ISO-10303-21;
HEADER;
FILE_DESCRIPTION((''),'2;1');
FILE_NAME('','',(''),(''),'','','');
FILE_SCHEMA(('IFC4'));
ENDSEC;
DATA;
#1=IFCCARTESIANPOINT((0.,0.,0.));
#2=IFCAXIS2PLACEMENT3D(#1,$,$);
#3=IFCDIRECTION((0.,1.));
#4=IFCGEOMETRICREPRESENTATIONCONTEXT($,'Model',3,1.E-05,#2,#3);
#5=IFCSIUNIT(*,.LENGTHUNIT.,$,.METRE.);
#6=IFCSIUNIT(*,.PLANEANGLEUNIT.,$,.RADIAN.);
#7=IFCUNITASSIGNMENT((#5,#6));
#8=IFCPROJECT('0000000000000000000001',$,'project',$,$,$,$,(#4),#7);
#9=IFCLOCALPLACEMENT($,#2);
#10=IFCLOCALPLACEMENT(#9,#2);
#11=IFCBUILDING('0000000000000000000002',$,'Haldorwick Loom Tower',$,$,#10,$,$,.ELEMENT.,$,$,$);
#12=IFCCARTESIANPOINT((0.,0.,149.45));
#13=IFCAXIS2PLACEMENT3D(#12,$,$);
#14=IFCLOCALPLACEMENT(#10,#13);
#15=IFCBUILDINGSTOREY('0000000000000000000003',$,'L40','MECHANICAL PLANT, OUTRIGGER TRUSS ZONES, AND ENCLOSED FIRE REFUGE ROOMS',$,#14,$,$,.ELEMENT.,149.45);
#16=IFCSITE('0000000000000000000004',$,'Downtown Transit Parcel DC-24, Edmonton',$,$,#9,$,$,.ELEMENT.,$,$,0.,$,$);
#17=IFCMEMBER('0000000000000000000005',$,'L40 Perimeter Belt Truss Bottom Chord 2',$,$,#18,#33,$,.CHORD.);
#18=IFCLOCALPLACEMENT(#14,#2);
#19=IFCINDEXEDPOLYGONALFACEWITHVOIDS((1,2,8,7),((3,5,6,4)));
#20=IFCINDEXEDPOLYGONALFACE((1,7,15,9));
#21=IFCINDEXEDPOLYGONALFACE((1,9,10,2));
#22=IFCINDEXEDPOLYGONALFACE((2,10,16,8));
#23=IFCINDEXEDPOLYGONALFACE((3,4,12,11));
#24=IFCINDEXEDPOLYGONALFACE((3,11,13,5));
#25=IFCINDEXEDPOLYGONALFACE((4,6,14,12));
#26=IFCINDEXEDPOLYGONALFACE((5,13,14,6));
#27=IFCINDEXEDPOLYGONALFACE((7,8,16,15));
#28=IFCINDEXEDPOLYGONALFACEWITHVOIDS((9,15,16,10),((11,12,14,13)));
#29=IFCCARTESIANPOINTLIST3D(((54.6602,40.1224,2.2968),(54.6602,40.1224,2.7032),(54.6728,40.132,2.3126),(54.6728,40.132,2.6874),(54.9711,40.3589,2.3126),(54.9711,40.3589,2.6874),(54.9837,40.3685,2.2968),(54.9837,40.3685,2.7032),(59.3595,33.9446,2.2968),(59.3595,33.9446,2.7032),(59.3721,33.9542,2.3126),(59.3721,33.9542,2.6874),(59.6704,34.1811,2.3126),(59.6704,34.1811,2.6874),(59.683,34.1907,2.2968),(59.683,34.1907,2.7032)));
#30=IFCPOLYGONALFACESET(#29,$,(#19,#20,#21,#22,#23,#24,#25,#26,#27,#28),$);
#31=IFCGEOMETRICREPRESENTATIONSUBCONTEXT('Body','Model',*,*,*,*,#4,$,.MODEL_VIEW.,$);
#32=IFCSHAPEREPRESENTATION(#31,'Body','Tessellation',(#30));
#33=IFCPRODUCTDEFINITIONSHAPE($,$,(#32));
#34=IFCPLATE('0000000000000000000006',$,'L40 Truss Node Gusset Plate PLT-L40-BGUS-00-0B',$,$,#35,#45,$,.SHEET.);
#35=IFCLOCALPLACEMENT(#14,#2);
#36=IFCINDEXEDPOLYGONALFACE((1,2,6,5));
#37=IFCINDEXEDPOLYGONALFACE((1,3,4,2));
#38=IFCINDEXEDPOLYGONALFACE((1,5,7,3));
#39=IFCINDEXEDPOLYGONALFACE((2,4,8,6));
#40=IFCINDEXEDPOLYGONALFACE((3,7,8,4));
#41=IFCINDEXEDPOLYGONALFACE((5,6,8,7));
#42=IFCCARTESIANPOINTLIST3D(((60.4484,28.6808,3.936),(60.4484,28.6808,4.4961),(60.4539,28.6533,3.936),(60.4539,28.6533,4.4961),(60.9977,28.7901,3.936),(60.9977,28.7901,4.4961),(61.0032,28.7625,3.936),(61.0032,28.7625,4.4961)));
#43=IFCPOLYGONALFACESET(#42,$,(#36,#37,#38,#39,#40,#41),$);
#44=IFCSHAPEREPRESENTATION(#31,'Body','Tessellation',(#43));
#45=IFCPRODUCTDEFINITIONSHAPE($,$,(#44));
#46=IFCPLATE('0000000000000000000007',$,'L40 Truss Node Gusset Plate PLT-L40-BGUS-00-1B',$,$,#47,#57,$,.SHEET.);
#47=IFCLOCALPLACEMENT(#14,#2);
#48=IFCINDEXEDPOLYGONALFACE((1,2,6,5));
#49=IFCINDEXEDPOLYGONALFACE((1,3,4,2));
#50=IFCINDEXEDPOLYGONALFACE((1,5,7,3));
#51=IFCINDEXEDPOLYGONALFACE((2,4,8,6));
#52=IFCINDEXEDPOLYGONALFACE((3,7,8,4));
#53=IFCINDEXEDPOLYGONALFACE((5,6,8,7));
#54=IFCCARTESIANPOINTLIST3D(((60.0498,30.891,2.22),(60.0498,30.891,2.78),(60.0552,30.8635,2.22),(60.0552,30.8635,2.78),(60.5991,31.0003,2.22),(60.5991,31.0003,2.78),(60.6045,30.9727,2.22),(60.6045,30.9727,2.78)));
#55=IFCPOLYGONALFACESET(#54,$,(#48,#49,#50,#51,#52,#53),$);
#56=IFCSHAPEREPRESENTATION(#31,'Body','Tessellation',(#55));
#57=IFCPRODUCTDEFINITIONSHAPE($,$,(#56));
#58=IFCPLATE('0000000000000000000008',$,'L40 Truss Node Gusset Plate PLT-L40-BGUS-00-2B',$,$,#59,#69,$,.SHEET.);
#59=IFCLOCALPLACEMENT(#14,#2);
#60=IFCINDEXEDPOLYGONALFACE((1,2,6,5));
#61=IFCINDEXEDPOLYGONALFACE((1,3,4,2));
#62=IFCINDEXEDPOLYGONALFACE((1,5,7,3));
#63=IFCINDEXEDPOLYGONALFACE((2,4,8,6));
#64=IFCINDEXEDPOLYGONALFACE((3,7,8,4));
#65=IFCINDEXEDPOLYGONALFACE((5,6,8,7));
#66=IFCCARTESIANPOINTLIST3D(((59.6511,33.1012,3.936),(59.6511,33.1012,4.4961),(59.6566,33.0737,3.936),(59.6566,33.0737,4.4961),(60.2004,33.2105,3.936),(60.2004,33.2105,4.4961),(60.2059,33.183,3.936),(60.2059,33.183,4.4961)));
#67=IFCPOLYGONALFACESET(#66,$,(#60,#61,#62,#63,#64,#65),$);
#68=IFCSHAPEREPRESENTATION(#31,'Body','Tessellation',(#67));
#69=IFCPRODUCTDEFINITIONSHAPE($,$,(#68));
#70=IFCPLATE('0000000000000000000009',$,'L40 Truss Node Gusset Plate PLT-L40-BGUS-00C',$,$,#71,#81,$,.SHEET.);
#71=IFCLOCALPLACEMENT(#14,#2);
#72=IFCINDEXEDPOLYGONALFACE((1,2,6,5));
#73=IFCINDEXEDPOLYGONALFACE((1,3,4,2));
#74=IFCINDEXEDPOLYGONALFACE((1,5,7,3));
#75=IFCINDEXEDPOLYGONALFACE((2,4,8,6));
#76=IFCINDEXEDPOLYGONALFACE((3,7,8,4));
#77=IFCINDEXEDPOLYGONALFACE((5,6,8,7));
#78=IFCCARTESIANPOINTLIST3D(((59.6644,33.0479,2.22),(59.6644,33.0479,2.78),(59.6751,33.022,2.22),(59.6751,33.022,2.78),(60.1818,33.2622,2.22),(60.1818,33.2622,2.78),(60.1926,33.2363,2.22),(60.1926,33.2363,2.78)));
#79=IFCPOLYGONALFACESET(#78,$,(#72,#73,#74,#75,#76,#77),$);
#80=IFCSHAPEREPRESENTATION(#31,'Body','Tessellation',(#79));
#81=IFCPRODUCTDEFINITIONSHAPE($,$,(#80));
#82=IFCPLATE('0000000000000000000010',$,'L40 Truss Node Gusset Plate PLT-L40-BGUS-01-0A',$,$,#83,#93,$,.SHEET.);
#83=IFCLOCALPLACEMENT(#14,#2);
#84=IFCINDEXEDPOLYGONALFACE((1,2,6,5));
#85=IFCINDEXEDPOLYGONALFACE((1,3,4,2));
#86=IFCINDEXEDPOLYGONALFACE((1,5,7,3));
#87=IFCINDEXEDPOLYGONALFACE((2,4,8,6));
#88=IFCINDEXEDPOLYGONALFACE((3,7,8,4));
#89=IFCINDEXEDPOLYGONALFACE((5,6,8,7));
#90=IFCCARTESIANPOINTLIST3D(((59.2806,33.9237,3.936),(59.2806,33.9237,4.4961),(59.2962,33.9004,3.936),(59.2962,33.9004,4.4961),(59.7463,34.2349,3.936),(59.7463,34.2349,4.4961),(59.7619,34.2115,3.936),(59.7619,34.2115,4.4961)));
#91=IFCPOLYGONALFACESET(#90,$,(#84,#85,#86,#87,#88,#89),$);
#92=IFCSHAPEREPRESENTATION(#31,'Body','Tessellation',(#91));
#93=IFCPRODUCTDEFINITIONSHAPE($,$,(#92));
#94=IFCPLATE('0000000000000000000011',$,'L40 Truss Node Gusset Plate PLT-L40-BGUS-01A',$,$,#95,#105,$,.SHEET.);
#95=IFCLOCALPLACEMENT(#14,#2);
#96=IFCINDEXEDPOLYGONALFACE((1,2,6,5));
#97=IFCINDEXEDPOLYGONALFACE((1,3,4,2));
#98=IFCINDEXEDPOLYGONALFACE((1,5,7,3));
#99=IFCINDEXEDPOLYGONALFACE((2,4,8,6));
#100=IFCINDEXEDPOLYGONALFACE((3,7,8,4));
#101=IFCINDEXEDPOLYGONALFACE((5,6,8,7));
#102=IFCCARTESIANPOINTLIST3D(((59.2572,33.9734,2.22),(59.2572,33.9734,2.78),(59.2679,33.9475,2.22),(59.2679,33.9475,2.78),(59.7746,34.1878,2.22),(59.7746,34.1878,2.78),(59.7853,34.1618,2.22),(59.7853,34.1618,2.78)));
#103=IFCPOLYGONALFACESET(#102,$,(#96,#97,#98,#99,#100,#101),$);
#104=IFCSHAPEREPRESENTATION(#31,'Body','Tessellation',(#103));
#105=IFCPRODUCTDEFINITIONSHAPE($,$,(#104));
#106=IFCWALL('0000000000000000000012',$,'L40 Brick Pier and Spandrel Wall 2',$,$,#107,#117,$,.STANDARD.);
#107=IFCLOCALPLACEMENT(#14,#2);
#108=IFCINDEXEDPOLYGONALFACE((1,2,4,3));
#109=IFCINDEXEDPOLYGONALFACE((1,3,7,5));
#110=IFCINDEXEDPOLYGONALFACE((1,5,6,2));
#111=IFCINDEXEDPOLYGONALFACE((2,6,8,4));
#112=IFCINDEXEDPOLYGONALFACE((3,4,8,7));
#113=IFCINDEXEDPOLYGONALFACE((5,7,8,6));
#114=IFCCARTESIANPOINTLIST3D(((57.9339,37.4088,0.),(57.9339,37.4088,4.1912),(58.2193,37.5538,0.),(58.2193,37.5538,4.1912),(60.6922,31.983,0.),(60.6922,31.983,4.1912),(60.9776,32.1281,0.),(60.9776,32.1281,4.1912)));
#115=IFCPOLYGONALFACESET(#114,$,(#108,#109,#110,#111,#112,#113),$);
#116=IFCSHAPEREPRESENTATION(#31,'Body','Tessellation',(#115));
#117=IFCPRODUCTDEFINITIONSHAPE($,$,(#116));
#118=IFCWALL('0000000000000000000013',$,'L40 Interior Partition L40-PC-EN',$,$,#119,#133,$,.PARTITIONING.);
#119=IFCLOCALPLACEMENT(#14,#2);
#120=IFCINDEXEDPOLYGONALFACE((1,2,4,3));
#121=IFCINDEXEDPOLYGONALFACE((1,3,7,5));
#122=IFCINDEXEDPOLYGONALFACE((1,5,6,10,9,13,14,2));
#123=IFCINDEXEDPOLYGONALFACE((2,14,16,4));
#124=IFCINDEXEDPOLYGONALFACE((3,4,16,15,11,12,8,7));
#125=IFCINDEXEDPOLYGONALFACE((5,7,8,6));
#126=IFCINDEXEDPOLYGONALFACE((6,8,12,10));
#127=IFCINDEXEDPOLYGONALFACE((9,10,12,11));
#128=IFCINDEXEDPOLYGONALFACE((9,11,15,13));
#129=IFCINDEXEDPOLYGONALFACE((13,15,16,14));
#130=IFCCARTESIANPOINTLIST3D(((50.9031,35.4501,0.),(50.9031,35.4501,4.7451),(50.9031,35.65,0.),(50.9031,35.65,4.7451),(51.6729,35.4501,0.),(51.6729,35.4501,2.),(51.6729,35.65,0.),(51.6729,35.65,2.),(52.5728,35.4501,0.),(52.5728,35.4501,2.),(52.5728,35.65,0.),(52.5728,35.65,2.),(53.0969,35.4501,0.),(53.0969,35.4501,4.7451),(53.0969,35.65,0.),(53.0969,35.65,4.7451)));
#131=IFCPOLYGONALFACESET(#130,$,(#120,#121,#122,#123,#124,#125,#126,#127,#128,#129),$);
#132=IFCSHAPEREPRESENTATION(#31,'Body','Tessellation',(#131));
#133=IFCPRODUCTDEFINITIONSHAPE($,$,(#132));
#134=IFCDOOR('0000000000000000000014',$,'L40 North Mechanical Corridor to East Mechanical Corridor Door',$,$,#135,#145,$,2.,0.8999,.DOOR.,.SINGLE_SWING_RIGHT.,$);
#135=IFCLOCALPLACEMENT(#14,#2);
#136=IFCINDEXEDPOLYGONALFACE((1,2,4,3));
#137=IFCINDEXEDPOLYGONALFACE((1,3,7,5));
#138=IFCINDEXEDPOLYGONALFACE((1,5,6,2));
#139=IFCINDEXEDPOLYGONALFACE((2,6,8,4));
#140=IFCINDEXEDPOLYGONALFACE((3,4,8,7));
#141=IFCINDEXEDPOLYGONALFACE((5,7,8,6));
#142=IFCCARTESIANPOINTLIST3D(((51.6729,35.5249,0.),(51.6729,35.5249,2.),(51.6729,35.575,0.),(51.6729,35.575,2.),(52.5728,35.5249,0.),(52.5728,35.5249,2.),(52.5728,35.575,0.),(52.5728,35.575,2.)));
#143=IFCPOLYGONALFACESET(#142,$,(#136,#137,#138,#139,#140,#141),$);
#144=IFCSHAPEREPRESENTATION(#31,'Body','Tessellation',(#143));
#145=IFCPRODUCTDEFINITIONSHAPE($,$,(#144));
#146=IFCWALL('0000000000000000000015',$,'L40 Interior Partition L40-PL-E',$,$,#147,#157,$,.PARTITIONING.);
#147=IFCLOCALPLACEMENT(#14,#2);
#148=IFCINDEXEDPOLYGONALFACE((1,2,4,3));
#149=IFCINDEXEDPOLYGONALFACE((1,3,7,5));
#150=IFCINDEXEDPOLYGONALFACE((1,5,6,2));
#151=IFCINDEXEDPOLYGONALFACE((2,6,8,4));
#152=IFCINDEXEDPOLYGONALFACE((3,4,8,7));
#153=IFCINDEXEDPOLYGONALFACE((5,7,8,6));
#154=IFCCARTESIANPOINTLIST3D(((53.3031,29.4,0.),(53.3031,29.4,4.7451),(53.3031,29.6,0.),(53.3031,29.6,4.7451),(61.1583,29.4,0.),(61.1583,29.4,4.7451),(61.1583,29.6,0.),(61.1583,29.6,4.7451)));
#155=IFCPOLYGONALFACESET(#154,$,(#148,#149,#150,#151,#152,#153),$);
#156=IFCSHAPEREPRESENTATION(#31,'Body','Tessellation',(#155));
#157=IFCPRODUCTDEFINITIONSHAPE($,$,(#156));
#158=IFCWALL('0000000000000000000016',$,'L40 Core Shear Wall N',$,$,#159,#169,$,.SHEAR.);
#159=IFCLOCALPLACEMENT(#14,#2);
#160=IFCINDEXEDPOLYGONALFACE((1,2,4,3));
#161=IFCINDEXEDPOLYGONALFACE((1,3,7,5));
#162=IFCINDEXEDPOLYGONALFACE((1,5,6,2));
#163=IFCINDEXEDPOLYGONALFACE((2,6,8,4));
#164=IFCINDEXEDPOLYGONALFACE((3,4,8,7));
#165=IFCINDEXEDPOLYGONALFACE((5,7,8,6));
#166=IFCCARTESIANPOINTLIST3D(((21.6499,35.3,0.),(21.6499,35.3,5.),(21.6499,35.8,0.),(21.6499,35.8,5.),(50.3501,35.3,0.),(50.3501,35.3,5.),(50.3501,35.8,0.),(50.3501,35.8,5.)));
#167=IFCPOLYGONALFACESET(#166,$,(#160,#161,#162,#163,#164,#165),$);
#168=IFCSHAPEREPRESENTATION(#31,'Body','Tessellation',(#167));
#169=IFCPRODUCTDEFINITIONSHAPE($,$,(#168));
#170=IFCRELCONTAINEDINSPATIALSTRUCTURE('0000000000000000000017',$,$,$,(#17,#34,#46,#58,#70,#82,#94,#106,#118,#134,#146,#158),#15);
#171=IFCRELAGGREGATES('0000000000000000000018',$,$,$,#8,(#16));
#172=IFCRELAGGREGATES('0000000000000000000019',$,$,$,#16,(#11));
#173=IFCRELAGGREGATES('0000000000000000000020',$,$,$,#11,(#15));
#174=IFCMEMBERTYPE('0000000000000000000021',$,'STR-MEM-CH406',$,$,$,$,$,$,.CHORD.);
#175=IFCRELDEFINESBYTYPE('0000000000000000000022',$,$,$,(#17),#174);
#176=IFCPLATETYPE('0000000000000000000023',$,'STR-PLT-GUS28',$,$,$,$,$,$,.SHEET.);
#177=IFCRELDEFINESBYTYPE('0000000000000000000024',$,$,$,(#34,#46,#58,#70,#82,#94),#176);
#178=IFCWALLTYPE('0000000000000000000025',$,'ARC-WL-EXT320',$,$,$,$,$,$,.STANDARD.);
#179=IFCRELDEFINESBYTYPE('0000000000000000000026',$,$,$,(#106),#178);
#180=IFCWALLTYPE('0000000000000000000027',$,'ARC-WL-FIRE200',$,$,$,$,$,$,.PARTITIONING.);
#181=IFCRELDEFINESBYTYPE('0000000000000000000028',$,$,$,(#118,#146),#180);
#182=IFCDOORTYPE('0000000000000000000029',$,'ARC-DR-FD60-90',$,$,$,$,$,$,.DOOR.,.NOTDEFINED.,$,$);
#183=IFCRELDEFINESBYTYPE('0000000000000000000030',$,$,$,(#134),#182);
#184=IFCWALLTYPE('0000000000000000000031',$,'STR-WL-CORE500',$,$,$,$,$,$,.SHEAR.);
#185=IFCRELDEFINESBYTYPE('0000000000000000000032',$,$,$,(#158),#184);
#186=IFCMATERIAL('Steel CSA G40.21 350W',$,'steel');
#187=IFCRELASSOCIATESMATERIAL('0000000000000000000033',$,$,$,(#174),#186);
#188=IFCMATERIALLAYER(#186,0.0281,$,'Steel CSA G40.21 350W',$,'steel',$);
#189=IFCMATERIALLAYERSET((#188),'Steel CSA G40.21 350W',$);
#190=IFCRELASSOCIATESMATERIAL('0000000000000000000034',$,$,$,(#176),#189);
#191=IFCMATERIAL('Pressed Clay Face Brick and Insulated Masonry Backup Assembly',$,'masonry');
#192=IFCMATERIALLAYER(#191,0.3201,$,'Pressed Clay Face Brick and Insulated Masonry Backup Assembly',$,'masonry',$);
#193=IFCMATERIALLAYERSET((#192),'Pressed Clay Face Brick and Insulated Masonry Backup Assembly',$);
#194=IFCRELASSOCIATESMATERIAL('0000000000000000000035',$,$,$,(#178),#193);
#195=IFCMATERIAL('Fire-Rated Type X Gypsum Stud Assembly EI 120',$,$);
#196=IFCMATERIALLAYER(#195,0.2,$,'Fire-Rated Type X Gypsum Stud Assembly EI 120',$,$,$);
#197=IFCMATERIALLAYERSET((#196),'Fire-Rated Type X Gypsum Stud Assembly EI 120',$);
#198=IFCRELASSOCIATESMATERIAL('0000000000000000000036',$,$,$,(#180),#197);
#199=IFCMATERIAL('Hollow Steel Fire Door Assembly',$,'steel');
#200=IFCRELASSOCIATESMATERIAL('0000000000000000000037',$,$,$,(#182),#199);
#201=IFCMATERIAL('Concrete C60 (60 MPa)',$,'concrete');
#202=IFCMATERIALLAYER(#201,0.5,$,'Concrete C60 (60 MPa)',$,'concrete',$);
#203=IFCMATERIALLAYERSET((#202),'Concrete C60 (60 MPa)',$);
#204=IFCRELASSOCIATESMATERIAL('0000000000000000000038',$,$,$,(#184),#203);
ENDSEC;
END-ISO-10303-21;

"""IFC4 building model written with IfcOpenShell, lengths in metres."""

from ifc_helpers import new_model, si_unit, direction, frame, frame_2d, origin, origin_2d, place, context, subcontext, project, spatial, rectangle, hollow_rectangle, extrude, material, layer, layer_set, material_profile, profile_set, type_object, element, fill, save


model = new_model("IFC4")

# Units and contexts
model_context = context("Model", 3, precision=1e-05, world=origin(), true_north=direction((0.0, 1.0)))
body_context = subcontext(model_context, "Body", "Model", "MODEL_VIEW")
ifc_project = project(units=[si_unit("LENGTHUNIT", "METRE"), si_unit("PLANEANGLEUNIT", "RADIAN")], contexts=[model_context])

# Site, building, storey
site_placement = place(None, origin())
site = spatial("IfcSite", under=ifc_project, at=site_placement, Name="Downtown Transit Parcel DC-24, Edmonton", CompositionType="ELEMENT", RefElevation=0.0)
building_placement = place(site_placement, origin())
building = spatial("IfcBuilding", under=site, at=building_placement, Name="Haldorwick Loom Tower", CompositionType="ELEMENT")
storey_placement = place(building_placement, frame((0.0, 0.0, 149.45)))
storey = spatial("IfcBuildingStorey", under=building, at=storey_placement, Name="L40", Description="MECHANICAL PLANT, OUTRIGGER TRUSS ZONES, AND ENCLOSED FIRE REFUGE ROOMS", CompositionType="ELEMENT", Elevation=149.45)

# Shared definitions
ifc_material_1 = material(Name="Concrete C60 (60 MPa)", Category="concrete")

# Shared definitions
ifc_material_2 = material(Name="Steel CSA G40.21 350W", Category="steel")

# Member
ifc_material_profile_1 = material_profile(ifc_material_2, hollow_rectangle(XDim=0.4065, YDim=0.4065, WallThickness=0.0159, at=origin_2d()), Name="HSS406X406X16", Category="steel")
ifc_profile_set_1 = profile_set([ifc_material_profile_1], Name="Steel CSA G40.21 350W")
member_type_1 = type_object("IfcMemberType", Name="STR-MEM-CH406", PredefinedType="CHORD", material=ifc_profile_set_1)
member_1_placement = place(storey_placement, frame((59.5212, 34.0676, 2.5), z_axis=(-0.605421, 0.795905, 0.0), x_axis=(-0.795905, -0.605421, 0.0)))
element("IfcMember", 1, at=member_1_placement, inside=storey, type_object=member_type_1, Name="L40 Perimeter Belt Truss Bottom Chord 2", PredefinedType="CHORD", context=body_context, shape_type="SweptSolid", body=[
    extrude(hollow_rectangle(XDim=0.4065, YDim=0.4065, WallThickness=0.0159, at=origin_2d()), origin(), (0.0, 0.0, 1.0), 7.762),
])

# Plates
ifc_layer_1 = layer(ifc_material_2, 0.0281, Name="Steel CSA G40.21 350W", Category="steel")
ifc_layer_set_1 = layer_set([ifc_layer_1], Name="Steel CSA G40.21 350W")
plate_type = type_object("IfcPlateType", Name="STR-PLT-GUS28", PredefinedType="SHEET", material=ifc_layer_set_1)
for number, where, z_axis, x_axis, name in (
    (2, (60.7258, 28.7217, 3.936), (0.0, 0.0, 1.0), (0.980785, 0.19509, 0.0), "L40 Truss Node Gusset Plate PLT-L40-BGUS-00-0B"),
    (3, (60.3271, 30.9319, 2.22), (0.0, 0.0, 1.0), (0.980785, 0.19509, 0.0), "L40 Truss Node Gusset Plate PLT-L40-BGUS-00-1B"),
    (4, (59.9285, 33.1421, 3.936), (0.0, 0.0, 1.0), (0.980785, 0.19509, 0.0), "L40 Truss Node Gusset Plate PLT-L40-BGUS-00-2B"),
    (5, (59.9285, 33.1421, 2.22), (0.0, 0.0, 1.0), (0.92388, 0.382683, 0.0), "L40 Truss Node Gusset Plate PLT-L40-BGUS-00C"),
    (6, (59.5212, 34.0676, 3.936), (0.0, 0.0, 1.0), (0.83147, 0.55557, 0.0), "L40 Truss Node Gusset Plate PLT-L40-BGUS-01-0A"),
    (7, (59.5212, 34.0676, 2.22), (0.0, 0.0, 1.0), (0.92388, 0.382683, 0.0), "L40 Truss Node Gusset Plate PLT-L40-BGUS-01A"),
):
    element("IfcPlate", number, at=place(storey_placement, frame(where, z_axis=z_axis, x_axis=x_axis)), inside=storey, type_object=plate_type, Name=name, PredefinedType="SHEET", context=body_context, shape_type="SweptSolid", body=[
        extrude(rectangle(XDim=0.5601, YDim=0.0281, at=origin_2d()), origin(), (0.0, 0.0, 1.0), 0.5601),
    ])

# Wall
ifc_material_3 = material(Name="Pressed Clay Face Brick and Insulated Masonry Backup Assembly", Category="masonry")
ifc_layer_2 = layer(ifc_material_3, 0.3201, Name="Pressed Clay Face Brick and Insulated Masonry Backup Assembly", Category="masonry")
ifc_layer_set_2 = layer_set([ifc_layer_2], Name="Pressed Clay Face Brick and Insulated Masonry Backup Assembly")
wall_type_1 = type_object("IfcWallType", Name="ARC-WL-EXT320", PredefinedType="STANDARD", material=ifc_layer_set_2)
wall_1_placement = place(storey_placement, frame((60.835, 32.0554, 0.0), z_axis=(0.0, 0.0, 1.0), x_axis=(-0.453172, 0.891423, 0.0)))
element("IfcWall", 8, at=wall_1_placement, inside=storey, type_object=wall_type_1, Name="L40 Brick Pier and Spandrel Wall 2", PredefinedType="STANDARD", context=body_context, shape_type="SweptSolid", body=[
    extrude(rectangle(XDim=6.0867, YDim=0.3201, at=frame_2d((3.0435, 0.0))), origin(), (0.0, 0.0, 1.0), 4.1912),
])

# Wall, opening, door
ifc_material_4 = material(Name="Fire-Rated Type X Gypsum Stud Assembly EI 120")
ifc_layer_3 = layer(ifc_material_4, 0.2, Name="Fire-Rated Type X Gypsum Stud Assembly EI 120")
ifc_layer_set_3 = layer_set([ifc_layer_3], Name="Fire-Rated Type X Gypsum Stud Assembly EI 120")
wall_type_2 = type_object("IfcWallType", Name="ARC-WL-FIRE200", PredefinedType="PARTITIONING", material=ifc_layer_set_3)
wall_2_placement = place(storey_placement, frame((50.9031, 35.55, 0.0), z_axis=(0.0, 0.0, 1.0), x_axis=(1.0, 0.0, 0.0)))
wall_2 = element("IfcWall", 9, at=wall_2_placement, inside=storey, type_object=wall_type_2, Name="L40 Interior Partition L40-PC-EN", PredefinedType="PARTITIONING", context=body_context, shape_type="SweptSolid", body=[
    extrude(rectangle(XDim=2.1938, YDim=0.2, at=frame_2d((1.0969, 0.0))), origin(), (0.0, 0.0, 1.0), 4.7451),
])
opening_placement = place(wall_2_placement, frame((0.7698, 0.0, 0.0)))
opening = element("IfcOpeningElement", 10, at=opening_placement, cuts=wall_2, PredefinedType="OPENING", context=body_context, shape_type="SweptSolid", body=[
    extrude(rectangle(XDim=0.8999, YDim=2.0, at=frame_2d((0.45, 1.0))), frame((0.0, 0.1099, 0.0), z_axis=(0.0, -1.0, 0.0), x_axis=(1.0, 0.0, 0.0)), (0.0, 0.0, 1.0), 0.22),
])
ifc_material_5 = material(Name="Hollow Steel Fire Door Assembly", Category="steel")
door_type = type_object("IfcDoorType", Name="ARC-DR-FD60-90", OperationType="NOTDEFINED", PredefinedType="DOOR", material=ifc_material_5)
door_placement = place(opening_placement, origin())
door = element("IfcDoor", 11, at=door_placement, inside=storey, type_object=door_type, Name="L40 North Mechanical Corridor to East Mechanical Corridor Door", OperationType="SINGLE_SWING_RIGHT", OverallHeight=2.0, OverallWidth=0.8999, PredefinedType="DOOR", context=body_context, shape_type="SweptSolid", body=[
    extrude(rectangle(XDim=0.8999, YDim=2.0, at=frame_2d((0.45, 1.0))), frame((0.0, 0.0249, 0.0), z_axis=(0.0, -1.0, 0.0), x_axis=(1.0, 0.0, 0.0)), (0.0, 0.0, 1.0), 0.05),
])
fill(opening, door)

# Walls
wall_3_placement = place(storey_placement, frame((53.303, 29.5, 0.0), z_axis=(0.0, 0.0, 1.0), x_axis=(1.0, 0.0, 0.0)))
element("IfcWall", 12, at=wall_3_placement, inside=storey, type_object=wall_type_2, Name="L40 Interior Partition L40-PL-E", PredefinedType="PARTITIONING", context=body_context, shape_type="SweptSolid", body=[
    extrude(rectangle(XDim=7.8552, YDim=0.2, at=frame_2d((3.9277, 0.0))), origin(), (0.0, 0.0, 1.0), 4.7451),
])
ifc_layer_4 = layer(ifc_material_1, 0.5, Name="Concrete C60 (60 MPa)", Category="concrete")
ifc_layer_set_4 = layer_set([ifc_layer_4], Name="Concrete C60 (60 MPa)")
wall_type_3 = type_object("IfcWallType", Name="STR-WL-CORE500", PredefinedType="SHEAR", material=ifc_layer_set_4)
wall_4_placement = place(storey_placement, frame((50.3501, 35.55, 0.0), z_axis=(0.0, 0.0, 1.0), x_axis=(-1.0, 0.0, 0.0)))
element("IfcWall", 13, at=wall_4_placement, inside=storey, type_object=wall_type_3, Name="L40 Core Shear Wall N", PredefinedType="SHEAR", context=body_context, shape_type="SweptSolid", body=[
    extrude(rectangle(XDim=28.7002, YDim=0.5, at=frame_2d((14.3501, 0.0))), origin(), (0.0, 0.0, 1.0), 5.0),
])

save(model, "model.ifc")
